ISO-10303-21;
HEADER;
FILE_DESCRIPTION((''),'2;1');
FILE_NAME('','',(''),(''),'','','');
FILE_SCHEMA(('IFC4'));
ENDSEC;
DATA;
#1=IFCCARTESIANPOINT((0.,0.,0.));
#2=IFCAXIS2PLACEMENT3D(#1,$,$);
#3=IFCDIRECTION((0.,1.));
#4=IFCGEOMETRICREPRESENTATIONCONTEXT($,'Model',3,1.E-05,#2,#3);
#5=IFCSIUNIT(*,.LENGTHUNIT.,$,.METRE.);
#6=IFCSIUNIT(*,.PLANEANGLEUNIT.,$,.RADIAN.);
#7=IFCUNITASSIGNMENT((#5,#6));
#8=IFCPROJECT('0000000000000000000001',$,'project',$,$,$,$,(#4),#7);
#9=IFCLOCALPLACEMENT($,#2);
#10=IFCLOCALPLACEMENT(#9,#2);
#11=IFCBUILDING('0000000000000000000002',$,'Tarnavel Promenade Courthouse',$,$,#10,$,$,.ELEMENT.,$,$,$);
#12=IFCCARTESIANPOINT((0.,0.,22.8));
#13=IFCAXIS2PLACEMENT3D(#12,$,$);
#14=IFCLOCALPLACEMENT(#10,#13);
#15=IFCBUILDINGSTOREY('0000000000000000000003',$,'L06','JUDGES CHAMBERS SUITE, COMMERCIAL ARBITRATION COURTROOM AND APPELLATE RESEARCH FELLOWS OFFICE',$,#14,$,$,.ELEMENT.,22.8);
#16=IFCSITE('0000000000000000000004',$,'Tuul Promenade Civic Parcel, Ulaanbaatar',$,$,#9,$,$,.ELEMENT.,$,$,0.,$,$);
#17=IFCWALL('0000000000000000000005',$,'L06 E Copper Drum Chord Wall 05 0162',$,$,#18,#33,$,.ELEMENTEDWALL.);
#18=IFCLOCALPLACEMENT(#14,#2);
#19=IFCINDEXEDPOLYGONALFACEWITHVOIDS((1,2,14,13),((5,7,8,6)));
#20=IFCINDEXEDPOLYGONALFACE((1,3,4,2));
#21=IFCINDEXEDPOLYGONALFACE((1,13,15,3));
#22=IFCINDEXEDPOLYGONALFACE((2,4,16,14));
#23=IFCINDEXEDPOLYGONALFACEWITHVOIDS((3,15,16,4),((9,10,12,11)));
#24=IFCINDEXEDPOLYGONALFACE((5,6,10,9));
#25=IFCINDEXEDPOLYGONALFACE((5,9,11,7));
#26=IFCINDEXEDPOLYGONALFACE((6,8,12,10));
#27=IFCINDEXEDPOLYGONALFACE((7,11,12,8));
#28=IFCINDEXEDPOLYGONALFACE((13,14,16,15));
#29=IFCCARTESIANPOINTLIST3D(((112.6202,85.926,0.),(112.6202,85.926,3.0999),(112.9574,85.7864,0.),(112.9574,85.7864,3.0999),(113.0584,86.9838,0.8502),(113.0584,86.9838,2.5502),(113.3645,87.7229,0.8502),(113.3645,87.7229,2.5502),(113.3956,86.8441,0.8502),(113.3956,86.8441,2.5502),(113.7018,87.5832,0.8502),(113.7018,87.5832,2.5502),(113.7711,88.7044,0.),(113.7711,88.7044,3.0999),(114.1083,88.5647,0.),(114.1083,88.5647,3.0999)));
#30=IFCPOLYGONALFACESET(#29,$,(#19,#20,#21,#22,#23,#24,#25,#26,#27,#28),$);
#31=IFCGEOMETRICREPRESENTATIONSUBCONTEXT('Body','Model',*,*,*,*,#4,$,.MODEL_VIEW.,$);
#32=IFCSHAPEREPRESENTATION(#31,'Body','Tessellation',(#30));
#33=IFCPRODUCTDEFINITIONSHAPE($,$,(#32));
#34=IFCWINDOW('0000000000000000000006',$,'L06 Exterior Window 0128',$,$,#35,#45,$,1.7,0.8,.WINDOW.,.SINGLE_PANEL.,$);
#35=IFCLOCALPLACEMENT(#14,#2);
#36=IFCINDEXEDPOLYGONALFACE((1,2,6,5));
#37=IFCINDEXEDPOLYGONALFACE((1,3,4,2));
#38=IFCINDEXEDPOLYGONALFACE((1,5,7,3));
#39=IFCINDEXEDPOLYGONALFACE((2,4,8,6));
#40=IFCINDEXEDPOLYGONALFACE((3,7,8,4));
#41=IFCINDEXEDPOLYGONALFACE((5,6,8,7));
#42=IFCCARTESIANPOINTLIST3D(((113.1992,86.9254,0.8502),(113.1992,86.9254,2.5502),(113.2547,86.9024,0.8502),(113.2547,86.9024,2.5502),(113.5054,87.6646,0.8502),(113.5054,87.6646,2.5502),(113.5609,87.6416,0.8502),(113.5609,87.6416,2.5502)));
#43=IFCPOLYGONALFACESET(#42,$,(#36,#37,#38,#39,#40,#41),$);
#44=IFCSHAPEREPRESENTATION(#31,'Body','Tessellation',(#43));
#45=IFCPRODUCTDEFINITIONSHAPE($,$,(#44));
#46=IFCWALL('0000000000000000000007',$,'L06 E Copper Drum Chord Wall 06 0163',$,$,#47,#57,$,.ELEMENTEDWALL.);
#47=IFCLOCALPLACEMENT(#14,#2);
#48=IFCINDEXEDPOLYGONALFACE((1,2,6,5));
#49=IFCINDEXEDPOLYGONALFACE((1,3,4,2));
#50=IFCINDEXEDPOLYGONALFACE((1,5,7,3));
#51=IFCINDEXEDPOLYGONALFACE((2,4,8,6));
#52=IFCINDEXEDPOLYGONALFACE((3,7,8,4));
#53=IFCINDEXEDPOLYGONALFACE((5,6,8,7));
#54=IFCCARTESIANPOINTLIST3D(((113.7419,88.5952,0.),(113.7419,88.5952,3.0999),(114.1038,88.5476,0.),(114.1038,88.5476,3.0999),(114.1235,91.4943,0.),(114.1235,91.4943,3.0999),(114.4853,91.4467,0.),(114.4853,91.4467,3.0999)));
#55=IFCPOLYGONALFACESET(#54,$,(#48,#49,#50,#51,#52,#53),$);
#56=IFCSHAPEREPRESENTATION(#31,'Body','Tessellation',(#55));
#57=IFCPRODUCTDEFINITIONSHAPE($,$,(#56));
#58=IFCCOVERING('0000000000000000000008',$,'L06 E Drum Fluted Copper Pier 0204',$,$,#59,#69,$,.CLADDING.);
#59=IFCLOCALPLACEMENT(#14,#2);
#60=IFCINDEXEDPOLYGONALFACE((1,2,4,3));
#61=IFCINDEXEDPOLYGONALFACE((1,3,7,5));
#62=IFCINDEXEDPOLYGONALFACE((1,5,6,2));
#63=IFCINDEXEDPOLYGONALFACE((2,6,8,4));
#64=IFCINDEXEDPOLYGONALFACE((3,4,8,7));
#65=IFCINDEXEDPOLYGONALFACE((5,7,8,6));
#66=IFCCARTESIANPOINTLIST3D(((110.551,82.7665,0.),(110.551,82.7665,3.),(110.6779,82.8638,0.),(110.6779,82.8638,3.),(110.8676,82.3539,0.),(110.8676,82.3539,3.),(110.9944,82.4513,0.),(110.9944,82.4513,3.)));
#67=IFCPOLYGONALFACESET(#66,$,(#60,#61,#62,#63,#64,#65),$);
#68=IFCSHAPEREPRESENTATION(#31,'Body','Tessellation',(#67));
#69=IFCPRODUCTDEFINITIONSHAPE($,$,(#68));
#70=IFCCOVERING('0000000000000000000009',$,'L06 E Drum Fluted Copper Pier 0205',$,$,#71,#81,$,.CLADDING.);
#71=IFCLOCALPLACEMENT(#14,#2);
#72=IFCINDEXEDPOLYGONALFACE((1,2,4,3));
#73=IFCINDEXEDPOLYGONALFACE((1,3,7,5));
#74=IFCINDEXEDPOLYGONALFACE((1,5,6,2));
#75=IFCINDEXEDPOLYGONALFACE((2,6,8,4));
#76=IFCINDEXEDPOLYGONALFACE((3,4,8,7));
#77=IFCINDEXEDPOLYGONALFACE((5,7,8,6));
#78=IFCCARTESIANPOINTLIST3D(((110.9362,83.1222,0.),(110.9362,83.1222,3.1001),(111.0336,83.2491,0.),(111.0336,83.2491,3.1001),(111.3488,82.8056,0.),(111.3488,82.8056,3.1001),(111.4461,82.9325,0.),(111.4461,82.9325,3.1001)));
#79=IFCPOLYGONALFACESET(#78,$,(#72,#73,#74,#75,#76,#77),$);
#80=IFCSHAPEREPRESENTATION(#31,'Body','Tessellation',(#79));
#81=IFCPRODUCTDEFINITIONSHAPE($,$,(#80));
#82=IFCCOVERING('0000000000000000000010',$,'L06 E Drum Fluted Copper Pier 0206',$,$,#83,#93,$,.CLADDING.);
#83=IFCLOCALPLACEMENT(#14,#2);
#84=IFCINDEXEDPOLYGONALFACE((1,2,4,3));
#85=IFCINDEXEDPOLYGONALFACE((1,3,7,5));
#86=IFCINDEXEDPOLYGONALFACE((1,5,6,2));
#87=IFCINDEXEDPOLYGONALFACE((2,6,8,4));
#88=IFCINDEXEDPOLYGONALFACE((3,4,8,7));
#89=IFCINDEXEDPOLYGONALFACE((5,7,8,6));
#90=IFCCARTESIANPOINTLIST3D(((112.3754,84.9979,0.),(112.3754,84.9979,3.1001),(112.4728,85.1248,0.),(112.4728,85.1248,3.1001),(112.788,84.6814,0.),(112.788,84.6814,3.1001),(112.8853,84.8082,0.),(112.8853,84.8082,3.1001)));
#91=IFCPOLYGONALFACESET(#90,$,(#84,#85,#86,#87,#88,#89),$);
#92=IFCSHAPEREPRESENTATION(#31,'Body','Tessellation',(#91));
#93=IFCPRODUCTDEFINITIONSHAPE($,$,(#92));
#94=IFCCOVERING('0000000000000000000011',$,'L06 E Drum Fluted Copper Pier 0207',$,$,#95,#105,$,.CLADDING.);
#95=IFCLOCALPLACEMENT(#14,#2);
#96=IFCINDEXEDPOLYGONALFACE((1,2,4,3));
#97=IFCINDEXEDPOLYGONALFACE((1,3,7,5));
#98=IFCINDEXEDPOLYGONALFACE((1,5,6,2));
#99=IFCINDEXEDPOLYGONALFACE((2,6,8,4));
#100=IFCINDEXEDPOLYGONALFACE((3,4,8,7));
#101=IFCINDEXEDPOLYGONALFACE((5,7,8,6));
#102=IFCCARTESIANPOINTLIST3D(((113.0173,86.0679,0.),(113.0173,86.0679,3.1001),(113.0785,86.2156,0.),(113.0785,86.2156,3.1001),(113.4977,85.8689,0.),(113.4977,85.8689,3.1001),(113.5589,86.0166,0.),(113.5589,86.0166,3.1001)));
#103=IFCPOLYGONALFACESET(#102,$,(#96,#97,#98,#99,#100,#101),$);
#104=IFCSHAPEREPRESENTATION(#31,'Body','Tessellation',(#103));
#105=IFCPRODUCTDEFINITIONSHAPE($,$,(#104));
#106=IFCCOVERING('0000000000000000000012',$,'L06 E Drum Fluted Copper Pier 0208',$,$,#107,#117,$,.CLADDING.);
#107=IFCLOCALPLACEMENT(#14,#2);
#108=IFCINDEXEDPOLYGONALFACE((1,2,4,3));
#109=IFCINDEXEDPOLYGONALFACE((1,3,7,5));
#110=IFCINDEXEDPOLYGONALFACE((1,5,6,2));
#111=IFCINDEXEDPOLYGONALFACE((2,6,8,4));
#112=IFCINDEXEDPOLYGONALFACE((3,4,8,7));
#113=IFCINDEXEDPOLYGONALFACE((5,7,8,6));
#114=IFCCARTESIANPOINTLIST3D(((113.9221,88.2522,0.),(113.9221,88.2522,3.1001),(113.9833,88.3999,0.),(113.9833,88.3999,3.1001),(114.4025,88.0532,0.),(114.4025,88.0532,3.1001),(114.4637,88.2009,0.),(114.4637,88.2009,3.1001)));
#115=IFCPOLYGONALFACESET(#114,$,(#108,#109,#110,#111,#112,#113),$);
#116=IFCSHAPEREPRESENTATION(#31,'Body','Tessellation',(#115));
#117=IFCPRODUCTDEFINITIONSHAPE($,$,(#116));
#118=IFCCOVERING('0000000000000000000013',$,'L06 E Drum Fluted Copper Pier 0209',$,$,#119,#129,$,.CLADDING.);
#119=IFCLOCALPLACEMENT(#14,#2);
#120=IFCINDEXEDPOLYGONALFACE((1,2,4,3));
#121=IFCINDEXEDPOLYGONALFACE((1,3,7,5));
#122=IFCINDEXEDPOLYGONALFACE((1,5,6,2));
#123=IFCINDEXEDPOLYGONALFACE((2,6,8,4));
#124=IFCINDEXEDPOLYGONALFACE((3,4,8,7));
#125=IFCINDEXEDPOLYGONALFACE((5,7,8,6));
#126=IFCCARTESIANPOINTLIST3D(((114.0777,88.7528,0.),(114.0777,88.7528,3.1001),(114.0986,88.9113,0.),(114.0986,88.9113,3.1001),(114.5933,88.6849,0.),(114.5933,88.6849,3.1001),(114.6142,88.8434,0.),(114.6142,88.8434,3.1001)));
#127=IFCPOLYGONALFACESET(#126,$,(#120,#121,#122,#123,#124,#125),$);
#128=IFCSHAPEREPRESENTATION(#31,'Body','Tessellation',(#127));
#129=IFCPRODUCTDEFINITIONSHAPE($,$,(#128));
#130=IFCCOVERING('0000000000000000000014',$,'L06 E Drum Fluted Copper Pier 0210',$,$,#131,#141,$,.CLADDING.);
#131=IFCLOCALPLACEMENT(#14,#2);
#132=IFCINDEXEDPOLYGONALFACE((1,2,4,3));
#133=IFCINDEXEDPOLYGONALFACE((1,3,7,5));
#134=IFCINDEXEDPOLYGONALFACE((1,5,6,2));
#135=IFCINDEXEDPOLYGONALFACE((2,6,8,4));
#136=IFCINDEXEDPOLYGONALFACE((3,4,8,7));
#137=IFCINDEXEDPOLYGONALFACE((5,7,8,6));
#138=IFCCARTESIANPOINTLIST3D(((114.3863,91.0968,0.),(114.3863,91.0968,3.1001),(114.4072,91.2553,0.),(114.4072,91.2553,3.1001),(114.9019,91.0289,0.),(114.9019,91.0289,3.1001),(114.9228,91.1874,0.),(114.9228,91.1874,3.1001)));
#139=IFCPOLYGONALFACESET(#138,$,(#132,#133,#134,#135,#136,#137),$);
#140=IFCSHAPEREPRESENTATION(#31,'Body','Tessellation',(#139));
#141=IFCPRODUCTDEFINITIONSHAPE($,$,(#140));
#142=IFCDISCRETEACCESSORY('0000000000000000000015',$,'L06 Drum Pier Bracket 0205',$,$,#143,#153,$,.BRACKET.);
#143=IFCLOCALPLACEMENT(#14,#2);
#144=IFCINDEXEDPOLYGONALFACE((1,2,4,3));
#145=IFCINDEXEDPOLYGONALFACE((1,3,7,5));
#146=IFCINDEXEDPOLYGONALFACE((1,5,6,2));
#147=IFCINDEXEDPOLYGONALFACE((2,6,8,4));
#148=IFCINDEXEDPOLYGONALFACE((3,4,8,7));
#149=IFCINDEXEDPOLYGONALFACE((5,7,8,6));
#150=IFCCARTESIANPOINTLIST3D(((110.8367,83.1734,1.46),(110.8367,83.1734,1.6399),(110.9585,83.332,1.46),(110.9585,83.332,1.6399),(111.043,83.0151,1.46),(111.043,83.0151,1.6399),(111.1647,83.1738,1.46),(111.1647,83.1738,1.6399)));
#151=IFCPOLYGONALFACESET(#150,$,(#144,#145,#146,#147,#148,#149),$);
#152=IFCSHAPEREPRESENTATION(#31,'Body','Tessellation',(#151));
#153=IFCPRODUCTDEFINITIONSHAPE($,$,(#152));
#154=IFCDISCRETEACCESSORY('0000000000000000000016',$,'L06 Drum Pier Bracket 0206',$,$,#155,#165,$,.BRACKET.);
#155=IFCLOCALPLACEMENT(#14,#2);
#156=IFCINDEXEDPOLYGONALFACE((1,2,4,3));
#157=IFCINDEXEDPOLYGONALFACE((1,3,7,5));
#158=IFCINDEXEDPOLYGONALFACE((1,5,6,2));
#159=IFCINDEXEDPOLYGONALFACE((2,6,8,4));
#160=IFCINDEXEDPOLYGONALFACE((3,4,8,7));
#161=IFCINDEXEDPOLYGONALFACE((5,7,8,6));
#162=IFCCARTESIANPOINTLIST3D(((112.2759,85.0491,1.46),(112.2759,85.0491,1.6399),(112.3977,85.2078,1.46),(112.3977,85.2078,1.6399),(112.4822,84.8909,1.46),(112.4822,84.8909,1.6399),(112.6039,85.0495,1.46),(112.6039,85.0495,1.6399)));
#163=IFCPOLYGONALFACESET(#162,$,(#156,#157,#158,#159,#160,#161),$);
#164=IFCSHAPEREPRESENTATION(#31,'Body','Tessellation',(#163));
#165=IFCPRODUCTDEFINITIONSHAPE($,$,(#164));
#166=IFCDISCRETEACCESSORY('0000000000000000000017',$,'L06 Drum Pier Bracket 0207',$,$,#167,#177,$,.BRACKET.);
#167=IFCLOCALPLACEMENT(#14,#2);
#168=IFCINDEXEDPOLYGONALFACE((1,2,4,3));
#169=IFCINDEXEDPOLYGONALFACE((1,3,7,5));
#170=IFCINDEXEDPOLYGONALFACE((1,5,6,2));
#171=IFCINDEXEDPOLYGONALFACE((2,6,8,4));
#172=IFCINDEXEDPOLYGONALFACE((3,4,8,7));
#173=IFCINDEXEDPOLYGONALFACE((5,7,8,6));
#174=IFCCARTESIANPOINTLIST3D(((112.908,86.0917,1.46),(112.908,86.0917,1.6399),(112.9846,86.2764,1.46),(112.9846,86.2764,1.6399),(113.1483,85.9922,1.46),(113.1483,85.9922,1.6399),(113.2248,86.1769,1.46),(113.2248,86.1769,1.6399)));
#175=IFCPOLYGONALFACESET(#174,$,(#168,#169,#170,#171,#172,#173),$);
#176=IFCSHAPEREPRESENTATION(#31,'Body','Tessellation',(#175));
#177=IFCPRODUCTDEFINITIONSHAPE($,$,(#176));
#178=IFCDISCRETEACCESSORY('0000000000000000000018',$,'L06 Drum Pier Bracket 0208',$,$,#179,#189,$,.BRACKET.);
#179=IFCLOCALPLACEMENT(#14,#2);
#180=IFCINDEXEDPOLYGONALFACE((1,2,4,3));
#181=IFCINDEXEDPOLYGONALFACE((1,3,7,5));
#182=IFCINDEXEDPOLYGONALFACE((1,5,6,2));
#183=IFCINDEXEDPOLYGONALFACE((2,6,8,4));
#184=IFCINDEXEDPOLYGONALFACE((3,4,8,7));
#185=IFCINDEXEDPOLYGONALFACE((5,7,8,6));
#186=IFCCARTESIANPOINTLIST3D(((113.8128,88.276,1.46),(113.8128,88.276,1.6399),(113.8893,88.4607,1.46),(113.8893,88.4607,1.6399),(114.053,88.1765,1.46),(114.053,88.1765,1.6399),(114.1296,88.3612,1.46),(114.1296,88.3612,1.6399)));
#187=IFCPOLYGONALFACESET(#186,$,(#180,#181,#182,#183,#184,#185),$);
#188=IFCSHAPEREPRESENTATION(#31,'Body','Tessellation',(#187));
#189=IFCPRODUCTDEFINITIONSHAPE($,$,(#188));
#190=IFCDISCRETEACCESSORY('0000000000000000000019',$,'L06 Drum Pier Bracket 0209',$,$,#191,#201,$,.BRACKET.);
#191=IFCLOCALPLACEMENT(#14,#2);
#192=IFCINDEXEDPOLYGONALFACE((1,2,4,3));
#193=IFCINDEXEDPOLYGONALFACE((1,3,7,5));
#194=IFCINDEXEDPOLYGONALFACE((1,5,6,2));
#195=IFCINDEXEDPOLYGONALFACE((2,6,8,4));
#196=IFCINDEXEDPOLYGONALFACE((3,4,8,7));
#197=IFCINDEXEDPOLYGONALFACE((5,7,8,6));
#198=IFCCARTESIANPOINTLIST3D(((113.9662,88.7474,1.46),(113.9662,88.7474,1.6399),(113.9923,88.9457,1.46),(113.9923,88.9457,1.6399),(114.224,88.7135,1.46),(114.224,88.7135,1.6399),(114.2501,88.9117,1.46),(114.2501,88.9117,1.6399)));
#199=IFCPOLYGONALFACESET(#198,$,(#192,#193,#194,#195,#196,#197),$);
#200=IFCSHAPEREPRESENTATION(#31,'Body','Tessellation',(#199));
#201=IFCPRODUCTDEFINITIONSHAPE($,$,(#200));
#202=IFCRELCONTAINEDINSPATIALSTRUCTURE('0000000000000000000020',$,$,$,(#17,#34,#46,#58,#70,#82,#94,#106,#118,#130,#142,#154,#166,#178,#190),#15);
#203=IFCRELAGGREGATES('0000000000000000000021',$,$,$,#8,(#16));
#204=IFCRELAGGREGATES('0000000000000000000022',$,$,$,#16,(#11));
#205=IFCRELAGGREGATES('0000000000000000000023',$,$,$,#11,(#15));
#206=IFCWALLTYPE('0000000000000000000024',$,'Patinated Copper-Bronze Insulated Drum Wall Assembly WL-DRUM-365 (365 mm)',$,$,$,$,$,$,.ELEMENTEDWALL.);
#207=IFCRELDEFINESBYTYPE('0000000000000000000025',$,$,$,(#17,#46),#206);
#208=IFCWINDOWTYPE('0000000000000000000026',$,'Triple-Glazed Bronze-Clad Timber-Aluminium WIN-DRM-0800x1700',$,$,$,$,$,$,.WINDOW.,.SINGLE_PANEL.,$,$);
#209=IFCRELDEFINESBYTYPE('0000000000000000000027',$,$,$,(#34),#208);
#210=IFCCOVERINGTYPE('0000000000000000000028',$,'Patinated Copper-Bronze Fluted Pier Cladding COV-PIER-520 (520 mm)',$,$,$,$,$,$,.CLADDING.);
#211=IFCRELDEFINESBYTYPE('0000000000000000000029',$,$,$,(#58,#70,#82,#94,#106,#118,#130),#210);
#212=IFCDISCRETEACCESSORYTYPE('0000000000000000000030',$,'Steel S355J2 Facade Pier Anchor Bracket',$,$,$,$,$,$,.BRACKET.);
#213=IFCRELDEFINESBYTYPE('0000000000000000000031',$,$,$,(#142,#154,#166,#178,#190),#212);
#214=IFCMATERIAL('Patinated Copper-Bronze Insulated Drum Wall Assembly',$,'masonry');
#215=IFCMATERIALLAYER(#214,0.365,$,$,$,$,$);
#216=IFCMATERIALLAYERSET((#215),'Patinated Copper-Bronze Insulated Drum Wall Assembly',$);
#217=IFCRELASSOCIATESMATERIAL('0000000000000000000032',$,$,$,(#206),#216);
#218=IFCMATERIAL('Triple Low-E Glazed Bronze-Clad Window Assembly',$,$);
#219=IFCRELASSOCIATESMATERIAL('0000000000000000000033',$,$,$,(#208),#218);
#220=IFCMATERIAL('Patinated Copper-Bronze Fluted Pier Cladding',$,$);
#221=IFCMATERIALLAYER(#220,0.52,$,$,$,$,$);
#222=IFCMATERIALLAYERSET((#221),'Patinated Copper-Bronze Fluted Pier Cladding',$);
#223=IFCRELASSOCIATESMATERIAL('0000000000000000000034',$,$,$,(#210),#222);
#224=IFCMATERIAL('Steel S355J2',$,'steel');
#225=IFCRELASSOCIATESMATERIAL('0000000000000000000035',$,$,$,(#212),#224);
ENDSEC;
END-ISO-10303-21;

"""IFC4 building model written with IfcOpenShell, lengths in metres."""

from ifc_helpers import new_model, si_unit, direction, frame, frame_2d, origin, origin_2d, place, context, subcontext, project, spatial, rectangle, extrude, material, layer, layer_set, type_object, element, fill, save


model = new_model("IFC4")

# Units and contexts
model_context = context("Model", 3, precision=1e-05, world=origin(), true_north=direction((0.0, 1.0)))
body_context = subcontext(model_context, "Body", "Model", "MODEL_VIEW")
ifc_project = project(units=[si_unit("LENGTHUNIT", "METRE"), si_unit("PLANEANGLEUNIT", "RADIAN")], contexts=[model_context])

# Site, building, storey
site_placement = place(None, origin())
site = spatial("IfcSite", under=ifc_project, at=site_placement, Name="Tuul Promenade Civic Parcel, Ulaanbaatar", CompositionType="ELEMENT", RefElevation=0.0)
building_placement = place(site_placement, origin())
building = spatial("IfcBuilding", under=site, at=building_placement, Name="Tarnavel Promenade Courthouse", CompositionType="ELEMENT")
storey_placement = place(building_placement, frame((0.0, 0.0, 22.8)))
storey = spatial("IfcBuildingStorey", under=building, at=storey_placement, Name="L06", Description="JUDGES CHAMBERS SUITE, COMMERCIAL ARBITRATION COURTROOM AND APPELLATE RESEARCH FELLOWS OFFICE", CompositionType="ELEMENT", Elevation=22.8)

# Shared definitions
ifc_material_1 = material(Name="Steel S355J2", Category="steel")

# Shared definitions
ifc_material_2 = material(Name="Patinated Copper-Bronze Insulated Drum Wall Assembly", Category="masonry")
ifc_layer_1 = layer(ifc_material_2, 0.365)
ifc_layer_set_1 = layer_set([ifc_layer_1], Name="Patinated Copper-Bronze Insulated Drum Wall Assembly")
wall_type_1 = type_object("IfcWallType", Name="Patinated Copper-Bronze Insulated Drum Wall Assembly WL-DRUM-365 (365 mm)", PredefinedType="ELEMENTEDWALL", material=ifc_layer_set_1)

# Wall, opening, window
wall_1_placement = place(storey_placement, frame((112.7888, 85.8562, 0.0), z_axis=(0.0, 0.0, 1.0), x_axis=(0.382701, 0.923872, 0.0)))
wall_1 = element("IfcWall", 1, at=wall_1_placement, inside=storey, type_object=wall_type_1, Name="L06 E Copper Drum Chord Wall 05 0162", PredefinedType="ELEMENTEDWALL", context=body_context, shape_type="SweptSolid", body=[
    extrude(rectangle(XDim=3.0073, YDim=0.365, at=frame_2d((1.5037, 0.0))), origin(), (0.0, 0.0, 1.0), 3.0999),
])
opening_placement = place(wall_1_placement, frame((1.145, 0.0, 0.8501)))
opening = element("IfcOpeningElement", 2, at=opening_placement, cuts=wall_1, PredefinedType="OPENING", context=body_context, shape_type="SweptSolid", body=[
    extrude(rectangle(XDim=0.8, YDim=1.7, at=frame_2d((0.3999, 0.8501))), frame((0.0, 0.1924, 0.0), z_axis=(0.0, -1.0, 0.0), x_axis=(1.0, 0.0, 0.0)), (0.0, 0.0, 1.0), 0.385),
])
ifc_material_3 = material(Name="Triple Low-E Glazed Bronze-Clad Window Assembly")
window_type = type_object("IfcWindowType", Name="Triple-Glazed Bronze-Clad Timber-Aluminium WIN-DRM-0800x1700", PartitioningType="SINGLE_PANEL", PredefinedType="WINDOW", material=ifc_material_3)
window_placement = place(opening_placement, origin())
window = element("IfcWindow", 3, at=window_placement, inside=storey, type_object=window_type, Name="L06 Exterior Window 0128", OverallHeight=1.7, OverallWidth=0.8, PartitioningType="SINGLE_PANEL", PredefinedType="WINDOW", context=body_context, shape_type="SweptSolid", body=[
    extrude(rectangle(XDim=0.8, YDim=1.7, at=frame_2d((0.3999, 0.8501))), frame((0.0, 0.03, 0.0), z_axis=(0.0, -1.0, 0.0), x_axis=(1.0, 0.0, 0.0)), (0.0, 0.0, 1.0), 0.0601),
])
fill(opening, window)

# Wall
wall_2_placement = place(storey_placement, frame((113.9229, 88.5715, 0.0), z_axis=(0.0, 0.0, 1.0), x_axis=(0.130496, 0.991449, 0.0)))
element("IfcWall", 4, at=wall_2_placement, inside=storey, type_object=wall_type_1, Name="L06 E Copper Drum Chord Wall 06 0163", PredefinedType="ELEMENTEDWALL", context=body_context, shape_type="SweptSolid", body=[
    extrude(rectangle(XDim=2.9241, YDim=0.365, at=frame_2d((1.4619, 0.0))), origin(), (0.0, 0.0, 1.0), 3.0999),
])

# Coverings
ifc_material_4 = material(Name="Patinated Copper-Bronze Fluted Pier Cladding")
ifc_layer_2 = layer(ifc_material_4, 0.52)
ifc_layer_set_2 = layer_set([ifc_layer_2], Name="Patinated Copper-Bronze Fluted Pier Cladding")
covering_type = type_object("IfcCoveringType", Name="Patinated Copper-Bronze Fluted Pier Cladding COV-PIER-520 (520 mm)", PredefinedType="CLADDING", material=ifc_layer_set_2)
covering_placement = place(storey_placement, frame((110.7727, 82.6089, 0.0), z_axis=(0.0, 0.0, 1.0), x_axis=(0.793353, 0.608761, 0.0)))
element("IfcCovering", 5, at=covering_placement, inside=storey, type_object=covering_type, Name="L06 E Drum Fluted Copper Pier 0204", PredefinedType="CLADDING", context=body_context, shape_type="SweptSolid", body=[
    extrude(rectangle(XDim=0.1599, YDim=0.52, at=origin_2d()), origin(), (0.0, 0.0, 1.0), 3.0),
])
for number, where, z_axis, x_axis, name in (
    (6, (111.1912, 83.0273, 0.0), (0.0, 0.0, 1.0), (0.608761, 0.793353, 0.0), "L06 E Drum Fluted Copper Pier 0205"),
    (7, (112.6304, 84.9031, 0.0), (0.0, 0.0, 1.0), (0.608761, 0.793353, 0.0), "L06 E Drum Fluted Copper Pier 0206"),
    (8, (113.2881, 86.0422, 0.0), (0.0, 0.0, 1.0), (0.382683, 0.92388, 0.0), "L06 E Drum Fluted Copper Pier 0207"),
    (9, (114.1929, 88.2266, 0.0), (0.0, 0.0, 1.0), (0.382683, 0.92388, 0.0), "L06 E Drum Fluted Copper Pier 0208"),
    (10, (114.3459, 88.7981, 0.0), (0.0, 0.0, 1.0), (0.130526, 0.991445, 0.0), "L06 E Drum Fluted Copper Pier 0209"),
    (11, (114.6545, 91.1421, 0.0), (0.0, 0.0, 1.0), (0.130526, 0.991445, 0.0), "L06 E Drum Fluted Copper Pier 0210"),
):
    element("IfcCovering", number, at=place(storey_placement, frame(where, z_axis=z_axis, x_axis=x_axis)), inside=storey, type_object=covering_type, Name=name, PredefinedType="CLADDING", context=body_context, shape_type="SweptSolid", body=[
        extrude(rectangle(XDim=0.1599, YDim=0.52, at=origin_2d()), origin(), (0.0, 0.0, 1.0), 3.1001),
    ])

# Discrete accessories
discrete_accessory_type = type_object("IfcDiscreteAccessoryType", Name="Steel S355J2 Facade Pier Anchor Bracket", PredefinedType="BRACKET", material=ifc_material_1)
for number, where, z_axis, x_axis, name in (
    (12, (111.0007, 83.1736, 1.46), (0.0, 0.0, 1.0), (0.608761, 0.793353, 0.0), "L06 Drum Pier Bracket 0205"),
    (13, (112.4399, 85.0493, 1.46), (0.0, 0.0, 1.0), (0.608761, 0.793353, 0.0), "L06 Drum Pier Bracket 0206"),
    (14, (113.0664, 86.1343, 1.46), (0.0, 0.0, 1.0), (0.382683, 0.92388, 0.0), "L06 Drum Pier Bracket 0207"),
    (15, (113.9712, 88.3186, 1.46), (0.0, 0.0, 1.0), (0.382683, 0.92388, 0.0), "L06 Drum Pier Bracket 0208"),
    (16, (114.1082, 88.8296, 1.46), (0.0, 0.0, 1.0), (0.130526, 0.991445, 0.0), "L06 Drum Pier Bracket 0209"),
):
    element("IfcDiscreteAccessory", number, at=place(storey_placement, frame(where, z_axis=z_axis, x_axis=x_axis)), inside=storey, type_object=discrete_accessory_type, Name=name, PredefinedType="BRACKET", context=body_context, shape_type="SweptSolid", body=[
        extrude(rectangle(XDim=0.2, YDim=0.26, at=origin_2d()), origin(), (0.0, 0.0, 1.0), 0.1799),
    ])

save(model, "model.ifc")
